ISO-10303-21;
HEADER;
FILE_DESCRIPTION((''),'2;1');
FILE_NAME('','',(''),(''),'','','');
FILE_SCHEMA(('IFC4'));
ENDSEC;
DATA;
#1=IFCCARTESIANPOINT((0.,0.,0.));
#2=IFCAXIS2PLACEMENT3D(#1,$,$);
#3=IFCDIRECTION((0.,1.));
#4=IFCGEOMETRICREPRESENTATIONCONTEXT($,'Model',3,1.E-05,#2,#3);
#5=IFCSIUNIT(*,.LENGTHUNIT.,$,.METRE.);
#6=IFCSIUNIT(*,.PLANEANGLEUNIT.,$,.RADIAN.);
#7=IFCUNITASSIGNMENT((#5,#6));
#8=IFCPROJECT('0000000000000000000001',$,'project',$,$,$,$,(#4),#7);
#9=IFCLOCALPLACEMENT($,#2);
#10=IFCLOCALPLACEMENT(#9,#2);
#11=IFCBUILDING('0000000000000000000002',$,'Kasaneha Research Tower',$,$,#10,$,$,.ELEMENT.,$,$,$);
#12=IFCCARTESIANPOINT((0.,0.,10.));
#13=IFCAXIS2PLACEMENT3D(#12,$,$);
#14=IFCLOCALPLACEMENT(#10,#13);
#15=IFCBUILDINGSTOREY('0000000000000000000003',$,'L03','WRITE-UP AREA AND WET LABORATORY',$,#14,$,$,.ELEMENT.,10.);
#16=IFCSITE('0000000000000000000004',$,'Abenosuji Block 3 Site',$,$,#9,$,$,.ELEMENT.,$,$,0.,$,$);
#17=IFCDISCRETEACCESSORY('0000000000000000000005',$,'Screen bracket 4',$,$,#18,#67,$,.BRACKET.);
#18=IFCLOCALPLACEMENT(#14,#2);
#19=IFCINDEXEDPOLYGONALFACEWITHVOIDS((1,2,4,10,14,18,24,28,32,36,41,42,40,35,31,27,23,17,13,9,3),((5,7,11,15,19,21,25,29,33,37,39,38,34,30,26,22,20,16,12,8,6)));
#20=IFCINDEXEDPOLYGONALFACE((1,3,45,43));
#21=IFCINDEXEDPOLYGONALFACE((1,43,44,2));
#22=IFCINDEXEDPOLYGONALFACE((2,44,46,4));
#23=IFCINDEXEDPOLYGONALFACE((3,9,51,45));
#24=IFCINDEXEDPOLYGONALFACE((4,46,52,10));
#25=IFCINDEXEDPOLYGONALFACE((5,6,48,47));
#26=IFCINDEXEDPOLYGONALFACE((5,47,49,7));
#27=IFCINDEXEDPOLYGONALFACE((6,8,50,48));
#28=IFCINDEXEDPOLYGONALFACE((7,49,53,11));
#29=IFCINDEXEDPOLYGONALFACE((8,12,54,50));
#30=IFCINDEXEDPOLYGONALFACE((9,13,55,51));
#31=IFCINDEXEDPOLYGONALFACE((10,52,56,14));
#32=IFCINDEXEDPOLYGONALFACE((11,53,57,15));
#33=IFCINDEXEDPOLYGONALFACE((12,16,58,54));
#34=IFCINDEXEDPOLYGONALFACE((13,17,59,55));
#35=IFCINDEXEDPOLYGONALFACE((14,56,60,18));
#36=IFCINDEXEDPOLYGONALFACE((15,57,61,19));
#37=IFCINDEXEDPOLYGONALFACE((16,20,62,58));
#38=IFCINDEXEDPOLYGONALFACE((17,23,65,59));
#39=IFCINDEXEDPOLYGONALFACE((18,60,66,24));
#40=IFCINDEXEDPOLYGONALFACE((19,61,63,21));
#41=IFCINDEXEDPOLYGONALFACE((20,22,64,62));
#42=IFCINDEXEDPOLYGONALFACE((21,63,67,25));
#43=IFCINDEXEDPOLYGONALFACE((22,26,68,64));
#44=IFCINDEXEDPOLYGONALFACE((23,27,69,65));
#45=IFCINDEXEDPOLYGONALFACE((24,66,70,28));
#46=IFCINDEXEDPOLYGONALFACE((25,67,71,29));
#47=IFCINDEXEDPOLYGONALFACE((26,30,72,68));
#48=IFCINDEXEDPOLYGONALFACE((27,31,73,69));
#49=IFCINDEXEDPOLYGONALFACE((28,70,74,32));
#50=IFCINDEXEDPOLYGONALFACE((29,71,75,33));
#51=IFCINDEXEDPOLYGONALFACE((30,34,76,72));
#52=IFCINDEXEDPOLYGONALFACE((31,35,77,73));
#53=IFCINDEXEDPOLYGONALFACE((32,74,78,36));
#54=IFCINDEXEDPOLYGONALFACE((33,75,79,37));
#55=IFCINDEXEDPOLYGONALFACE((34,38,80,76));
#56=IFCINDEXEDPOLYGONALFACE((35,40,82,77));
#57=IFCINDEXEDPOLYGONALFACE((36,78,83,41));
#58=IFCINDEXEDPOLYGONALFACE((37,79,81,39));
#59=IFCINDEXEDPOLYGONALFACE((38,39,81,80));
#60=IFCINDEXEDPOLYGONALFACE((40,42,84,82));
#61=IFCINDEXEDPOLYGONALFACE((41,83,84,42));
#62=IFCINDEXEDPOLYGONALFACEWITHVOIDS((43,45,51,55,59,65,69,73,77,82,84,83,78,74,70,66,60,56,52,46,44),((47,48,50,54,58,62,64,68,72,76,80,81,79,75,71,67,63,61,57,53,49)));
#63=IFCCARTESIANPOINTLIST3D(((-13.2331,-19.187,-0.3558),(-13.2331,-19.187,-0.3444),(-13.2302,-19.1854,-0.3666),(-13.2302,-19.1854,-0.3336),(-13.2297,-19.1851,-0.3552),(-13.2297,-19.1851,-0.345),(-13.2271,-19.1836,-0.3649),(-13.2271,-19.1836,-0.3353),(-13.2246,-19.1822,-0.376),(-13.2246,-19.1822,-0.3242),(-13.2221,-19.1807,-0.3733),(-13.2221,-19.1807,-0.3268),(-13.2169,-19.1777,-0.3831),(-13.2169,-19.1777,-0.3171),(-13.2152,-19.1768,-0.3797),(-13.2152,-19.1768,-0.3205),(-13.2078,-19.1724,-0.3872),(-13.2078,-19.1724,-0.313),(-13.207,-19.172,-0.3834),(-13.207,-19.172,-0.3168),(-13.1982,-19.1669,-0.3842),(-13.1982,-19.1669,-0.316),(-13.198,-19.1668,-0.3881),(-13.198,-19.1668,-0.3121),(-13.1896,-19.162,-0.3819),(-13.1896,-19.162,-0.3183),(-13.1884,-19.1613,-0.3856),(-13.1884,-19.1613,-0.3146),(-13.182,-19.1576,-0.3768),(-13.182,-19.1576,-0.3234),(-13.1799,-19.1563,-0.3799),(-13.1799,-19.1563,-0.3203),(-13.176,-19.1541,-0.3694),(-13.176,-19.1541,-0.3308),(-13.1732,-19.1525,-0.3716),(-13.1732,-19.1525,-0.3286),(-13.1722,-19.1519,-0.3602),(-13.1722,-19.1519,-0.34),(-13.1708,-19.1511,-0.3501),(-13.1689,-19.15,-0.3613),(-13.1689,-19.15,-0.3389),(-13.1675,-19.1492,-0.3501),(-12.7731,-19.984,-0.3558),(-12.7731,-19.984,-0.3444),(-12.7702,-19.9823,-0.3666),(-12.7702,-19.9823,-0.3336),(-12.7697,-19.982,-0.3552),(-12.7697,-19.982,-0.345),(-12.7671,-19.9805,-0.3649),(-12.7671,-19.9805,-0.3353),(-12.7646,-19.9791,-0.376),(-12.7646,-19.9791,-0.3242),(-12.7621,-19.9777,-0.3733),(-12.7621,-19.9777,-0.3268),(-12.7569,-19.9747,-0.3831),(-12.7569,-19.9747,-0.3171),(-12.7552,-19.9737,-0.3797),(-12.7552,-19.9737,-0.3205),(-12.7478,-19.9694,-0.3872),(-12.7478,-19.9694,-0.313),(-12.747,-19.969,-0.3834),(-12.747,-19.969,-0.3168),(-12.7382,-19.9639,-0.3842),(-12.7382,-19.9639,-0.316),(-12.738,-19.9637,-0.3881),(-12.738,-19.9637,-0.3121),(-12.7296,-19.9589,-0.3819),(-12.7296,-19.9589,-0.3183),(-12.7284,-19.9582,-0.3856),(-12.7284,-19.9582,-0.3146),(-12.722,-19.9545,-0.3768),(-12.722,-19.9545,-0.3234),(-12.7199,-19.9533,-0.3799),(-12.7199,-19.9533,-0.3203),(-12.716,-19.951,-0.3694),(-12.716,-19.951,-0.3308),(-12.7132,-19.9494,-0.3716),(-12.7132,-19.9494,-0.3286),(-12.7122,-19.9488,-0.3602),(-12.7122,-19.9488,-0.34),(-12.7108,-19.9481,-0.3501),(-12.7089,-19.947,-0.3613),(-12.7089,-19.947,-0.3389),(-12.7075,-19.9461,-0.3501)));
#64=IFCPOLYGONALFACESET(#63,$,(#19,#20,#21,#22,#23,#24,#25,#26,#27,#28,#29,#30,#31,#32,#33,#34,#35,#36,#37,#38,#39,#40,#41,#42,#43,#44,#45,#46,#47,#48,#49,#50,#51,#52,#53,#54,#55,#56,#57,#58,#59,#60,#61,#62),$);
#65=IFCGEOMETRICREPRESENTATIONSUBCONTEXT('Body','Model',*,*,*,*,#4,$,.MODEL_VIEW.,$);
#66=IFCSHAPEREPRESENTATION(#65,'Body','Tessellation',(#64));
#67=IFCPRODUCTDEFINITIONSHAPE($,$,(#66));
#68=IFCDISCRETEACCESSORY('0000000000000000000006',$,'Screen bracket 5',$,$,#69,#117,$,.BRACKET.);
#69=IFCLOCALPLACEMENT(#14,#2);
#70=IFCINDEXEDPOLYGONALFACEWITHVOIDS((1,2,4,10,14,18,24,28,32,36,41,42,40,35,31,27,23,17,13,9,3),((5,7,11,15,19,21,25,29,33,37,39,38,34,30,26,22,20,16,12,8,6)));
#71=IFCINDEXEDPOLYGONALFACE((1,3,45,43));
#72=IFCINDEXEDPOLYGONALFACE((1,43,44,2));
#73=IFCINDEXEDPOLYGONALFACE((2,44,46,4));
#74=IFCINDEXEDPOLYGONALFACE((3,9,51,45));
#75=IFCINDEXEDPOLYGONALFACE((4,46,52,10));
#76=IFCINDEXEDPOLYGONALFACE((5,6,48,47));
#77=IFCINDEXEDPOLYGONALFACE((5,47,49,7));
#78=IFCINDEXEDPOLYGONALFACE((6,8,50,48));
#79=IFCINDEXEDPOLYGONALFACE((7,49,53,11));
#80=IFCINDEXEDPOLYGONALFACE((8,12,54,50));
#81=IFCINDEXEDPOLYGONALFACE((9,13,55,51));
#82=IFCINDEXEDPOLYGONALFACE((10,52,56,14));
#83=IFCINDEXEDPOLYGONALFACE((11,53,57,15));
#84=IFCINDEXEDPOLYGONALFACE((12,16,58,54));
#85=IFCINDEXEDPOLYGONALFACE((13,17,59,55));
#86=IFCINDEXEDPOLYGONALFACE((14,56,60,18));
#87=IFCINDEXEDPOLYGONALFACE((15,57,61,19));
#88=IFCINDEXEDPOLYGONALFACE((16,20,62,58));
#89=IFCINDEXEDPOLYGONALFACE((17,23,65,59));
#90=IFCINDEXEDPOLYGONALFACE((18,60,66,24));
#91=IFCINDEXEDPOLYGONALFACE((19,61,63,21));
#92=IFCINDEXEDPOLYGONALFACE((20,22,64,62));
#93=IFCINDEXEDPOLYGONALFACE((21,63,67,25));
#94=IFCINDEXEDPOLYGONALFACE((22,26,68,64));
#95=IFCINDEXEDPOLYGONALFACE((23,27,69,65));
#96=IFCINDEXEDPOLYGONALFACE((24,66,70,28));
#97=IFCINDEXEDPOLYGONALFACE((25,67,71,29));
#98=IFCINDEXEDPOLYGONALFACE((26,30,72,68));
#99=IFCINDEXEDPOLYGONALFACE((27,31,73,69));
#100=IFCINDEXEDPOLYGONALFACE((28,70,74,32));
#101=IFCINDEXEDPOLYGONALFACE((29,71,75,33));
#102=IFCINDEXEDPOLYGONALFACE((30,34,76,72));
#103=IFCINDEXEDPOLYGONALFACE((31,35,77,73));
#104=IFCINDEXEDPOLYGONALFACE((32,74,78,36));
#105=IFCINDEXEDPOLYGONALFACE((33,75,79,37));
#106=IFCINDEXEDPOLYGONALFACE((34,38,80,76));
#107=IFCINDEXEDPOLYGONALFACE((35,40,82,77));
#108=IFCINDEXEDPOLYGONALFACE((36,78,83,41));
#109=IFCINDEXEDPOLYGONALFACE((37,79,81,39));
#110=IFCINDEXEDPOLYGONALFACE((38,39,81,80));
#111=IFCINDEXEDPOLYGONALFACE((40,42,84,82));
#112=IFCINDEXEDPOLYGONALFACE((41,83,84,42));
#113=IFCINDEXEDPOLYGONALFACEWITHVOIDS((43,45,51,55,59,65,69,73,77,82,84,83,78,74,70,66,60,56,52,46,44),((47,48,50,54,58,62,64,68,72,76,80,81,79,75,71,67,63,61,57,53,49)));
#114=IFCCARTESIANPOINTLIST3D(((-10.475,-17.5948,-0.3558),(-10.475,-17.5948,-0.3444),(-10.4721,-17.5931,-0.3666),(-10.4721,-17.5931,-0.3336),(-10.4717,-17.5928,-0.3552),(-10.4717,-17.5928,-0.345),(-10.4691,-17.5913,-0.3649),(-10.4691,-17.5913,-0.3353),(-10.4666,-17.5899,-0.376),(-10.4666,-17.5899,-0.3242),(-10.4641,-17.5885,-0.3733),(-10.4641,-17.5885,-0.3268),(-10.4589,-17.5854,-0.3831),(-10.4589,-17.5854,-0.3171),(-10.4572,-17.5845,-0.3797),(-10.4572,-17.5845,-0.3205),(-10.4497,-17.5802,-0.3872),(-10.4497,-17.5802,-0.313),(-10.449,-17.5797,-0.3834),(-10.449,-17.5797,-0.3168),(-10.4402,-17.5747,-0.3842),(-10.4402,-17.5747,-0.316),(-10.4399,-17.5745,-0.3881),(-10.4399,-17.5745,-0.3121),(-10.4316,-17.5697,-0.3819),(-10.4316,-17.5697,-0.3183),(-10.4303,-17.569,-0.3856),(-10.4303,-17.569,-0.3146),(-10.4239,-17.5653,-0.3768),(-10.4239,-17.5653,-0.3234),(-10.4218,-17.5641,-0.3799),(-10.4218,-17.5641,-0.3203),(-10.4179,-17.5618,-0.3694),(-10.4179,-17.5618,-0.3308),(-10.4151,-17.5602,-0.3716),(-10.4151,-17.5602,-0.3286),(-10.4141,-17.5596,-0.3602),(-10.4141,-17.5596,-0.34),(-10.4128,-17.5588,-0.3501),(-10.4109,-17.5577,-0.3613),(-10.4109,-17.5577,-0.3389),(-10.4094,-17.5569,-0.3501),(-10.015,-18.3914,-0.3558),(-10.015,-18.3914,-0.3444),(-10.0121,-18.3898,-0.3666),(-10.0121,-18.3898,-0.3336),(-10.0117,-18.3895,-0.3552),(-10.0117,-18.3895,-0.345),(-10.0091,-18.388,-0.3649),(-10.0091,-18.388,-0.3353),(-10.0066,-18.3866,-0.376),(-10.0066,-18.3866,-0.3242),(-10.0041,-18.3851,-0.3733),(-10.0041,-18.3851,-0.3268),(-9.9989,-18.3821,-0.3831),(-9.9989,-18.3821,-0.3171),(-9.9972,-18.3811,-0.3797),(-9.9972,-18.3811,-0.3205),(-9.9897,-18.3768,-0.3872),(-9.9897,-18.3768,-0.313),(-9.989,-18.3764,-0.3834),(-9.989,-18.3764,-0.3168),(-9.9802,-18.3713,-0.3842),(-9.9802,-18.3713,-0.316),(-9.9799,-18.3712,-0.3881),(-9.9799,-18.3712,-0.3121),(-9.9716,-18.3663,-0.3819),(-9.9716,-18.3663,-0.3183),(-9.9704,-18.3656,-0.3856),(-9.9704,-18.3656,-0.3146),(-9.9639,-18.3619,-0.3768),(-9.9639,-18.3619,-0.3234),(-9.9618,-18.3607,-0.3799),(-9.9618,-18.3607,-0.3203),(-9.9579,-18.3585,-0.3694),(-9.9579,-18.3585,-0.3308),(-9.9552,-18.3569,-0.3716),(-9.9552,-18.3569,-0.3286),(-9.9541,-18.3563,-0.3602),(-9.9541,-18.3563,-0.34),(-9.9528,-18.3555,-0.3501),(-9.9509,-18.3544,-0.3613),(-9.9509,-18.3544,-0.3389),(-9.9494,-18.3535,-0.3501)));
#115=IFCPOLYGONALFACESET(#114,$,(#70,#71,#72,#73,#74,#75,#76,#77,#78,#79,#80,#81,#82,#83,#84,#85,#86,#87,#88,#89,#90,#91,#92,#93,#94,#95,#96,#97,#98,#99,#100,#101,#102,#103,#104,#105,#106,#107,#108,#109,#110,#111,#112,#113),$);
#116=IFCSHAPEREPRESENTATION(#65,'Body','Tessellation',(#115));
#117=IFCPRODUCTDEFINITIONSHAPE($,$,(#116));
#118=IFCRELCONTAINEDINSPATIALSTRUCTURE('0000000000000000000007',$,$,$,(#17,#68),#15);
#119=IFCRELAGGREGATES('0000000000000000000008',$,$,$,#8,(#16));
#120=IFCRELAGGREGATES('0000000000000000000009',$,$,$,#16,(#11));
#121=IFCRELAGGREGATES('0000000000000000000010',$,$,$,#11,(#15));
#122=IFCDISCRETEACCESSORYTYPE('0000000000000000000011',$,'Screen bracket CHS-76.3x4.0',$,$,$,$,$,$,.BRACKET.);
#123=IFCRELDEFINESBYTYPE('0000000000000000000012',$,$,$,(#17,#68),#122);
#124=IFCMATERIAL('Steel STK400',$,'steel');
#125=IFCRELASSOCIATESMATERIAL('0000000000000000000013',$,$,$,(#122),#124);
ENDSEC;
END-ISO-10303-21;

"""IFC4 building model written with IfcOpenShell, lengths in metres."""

from ifc_helpers import new_model, si_unit, direction, frame, origin, origin_2d, place, context, subcontext, project, spatial, hollow_circle, extrude, material, material_profile, profile_set, type_object, element, save


model = new_model("IFC4")

# Units and contexts
model_context = context("Model", 3, precision=1e-05, world=origin(), true_north=direction((0.0, 1.0)))
body_context = subcontext(model_context, "Body", "Model", "MODEL_VIEW")
ifc_project = project(units=[si_unit("LENGTHUNIT", "METRE"), si_unit("PLANEANGLEUNIT", "RADIAN")], contexts=[model_context])

# Site, building, storey
site_placement = place(None, origin())
site = spatial("IfcSite", under=ifc_project, at=site_placement, Name="Abenosuji Block 3 Site", CompositionType="ELEMENT", RefElevation=0.0)
building_placement = place(site_placement, origin())
building = spatial("IfcBuilding", under=site, at=building_placement, Name="Kasaneha Research Tower", CompositionType="ELEMENT")
storey_placement = place(building_placement, frame((0.0, 0.0, 10.0)))
storey = spatial("IfcBuildingStorey", under=building, at=storey_placement, Name="L03", Description="WRITE-UP AREA AND WET LABORATORY", CompositionType="ELEMENT", Elevation=10.0)

# Discrete accessories
ifc_material_1 = material(Name="Steel STK400", Category="steel")
ifc_material_profile_1 = material_profile(ifc_material_1, hollow_circle(Radius=0.0381, WallThickness=0.0039, at=origin_2d()), Name="CHS-76.3x4.0")
ifc_profile_set_1 = profile_set([ifc_material_profile_1], Name="Steel STK400")
discrete_accessory_type = type_object("IfcDiscreteAccessoryType", Name="Screen bracket CHS-76.3x4.0", PredefinedType="BRACKET", material=ifc_profile_set_1)
discrete_accessory_1_placement = place(storey_placement, frame((-13.2004, -19.1682, -0.3501), z_axis=(0.499906, -0.86608, 0.0), x_axis=(0.86608, 0.499906, 0.0)))
element("IfcDiscreteAccessory", 1, at=discrete_accessory_1_placement, inside=storey, type_object=discrete_accessory_type, Name="Screen bracket 4", PredefinedType="BRACKET", context=body_context, shape_type="SweptSolid", body=[
    extrude(hollow_circle(Radius=0.0381, WallThickness=0.0039, at=origin_2d()), origin(), (0.0, 0.0, 1.0), 0.9202),
])
discrete_accessory_2_placement = place(storey_placement, frame((-10.4424, -17.5759, -0.3501), z_axis=(0.500021, -0.866013, 0.0), x_axis=(0.866013, 0.500021, 0.0)))
element("IfcDiscreteAccessory", 2, at=discrete_accessory_2_placement, inside=storey, type_object=discrete_accessory_type, Name="Screen bracket 5", PredefinedType="BRACKET", context=body_context, shape_type="SweptSolid", body=[
    extrude(hollow_circle(Radius=0.0381, WallThickness=0.0039, at=origin_2d()), origin(), (0.0, 0.0, 1.0), 0.9199),
])

save(model, "model.ifc")
